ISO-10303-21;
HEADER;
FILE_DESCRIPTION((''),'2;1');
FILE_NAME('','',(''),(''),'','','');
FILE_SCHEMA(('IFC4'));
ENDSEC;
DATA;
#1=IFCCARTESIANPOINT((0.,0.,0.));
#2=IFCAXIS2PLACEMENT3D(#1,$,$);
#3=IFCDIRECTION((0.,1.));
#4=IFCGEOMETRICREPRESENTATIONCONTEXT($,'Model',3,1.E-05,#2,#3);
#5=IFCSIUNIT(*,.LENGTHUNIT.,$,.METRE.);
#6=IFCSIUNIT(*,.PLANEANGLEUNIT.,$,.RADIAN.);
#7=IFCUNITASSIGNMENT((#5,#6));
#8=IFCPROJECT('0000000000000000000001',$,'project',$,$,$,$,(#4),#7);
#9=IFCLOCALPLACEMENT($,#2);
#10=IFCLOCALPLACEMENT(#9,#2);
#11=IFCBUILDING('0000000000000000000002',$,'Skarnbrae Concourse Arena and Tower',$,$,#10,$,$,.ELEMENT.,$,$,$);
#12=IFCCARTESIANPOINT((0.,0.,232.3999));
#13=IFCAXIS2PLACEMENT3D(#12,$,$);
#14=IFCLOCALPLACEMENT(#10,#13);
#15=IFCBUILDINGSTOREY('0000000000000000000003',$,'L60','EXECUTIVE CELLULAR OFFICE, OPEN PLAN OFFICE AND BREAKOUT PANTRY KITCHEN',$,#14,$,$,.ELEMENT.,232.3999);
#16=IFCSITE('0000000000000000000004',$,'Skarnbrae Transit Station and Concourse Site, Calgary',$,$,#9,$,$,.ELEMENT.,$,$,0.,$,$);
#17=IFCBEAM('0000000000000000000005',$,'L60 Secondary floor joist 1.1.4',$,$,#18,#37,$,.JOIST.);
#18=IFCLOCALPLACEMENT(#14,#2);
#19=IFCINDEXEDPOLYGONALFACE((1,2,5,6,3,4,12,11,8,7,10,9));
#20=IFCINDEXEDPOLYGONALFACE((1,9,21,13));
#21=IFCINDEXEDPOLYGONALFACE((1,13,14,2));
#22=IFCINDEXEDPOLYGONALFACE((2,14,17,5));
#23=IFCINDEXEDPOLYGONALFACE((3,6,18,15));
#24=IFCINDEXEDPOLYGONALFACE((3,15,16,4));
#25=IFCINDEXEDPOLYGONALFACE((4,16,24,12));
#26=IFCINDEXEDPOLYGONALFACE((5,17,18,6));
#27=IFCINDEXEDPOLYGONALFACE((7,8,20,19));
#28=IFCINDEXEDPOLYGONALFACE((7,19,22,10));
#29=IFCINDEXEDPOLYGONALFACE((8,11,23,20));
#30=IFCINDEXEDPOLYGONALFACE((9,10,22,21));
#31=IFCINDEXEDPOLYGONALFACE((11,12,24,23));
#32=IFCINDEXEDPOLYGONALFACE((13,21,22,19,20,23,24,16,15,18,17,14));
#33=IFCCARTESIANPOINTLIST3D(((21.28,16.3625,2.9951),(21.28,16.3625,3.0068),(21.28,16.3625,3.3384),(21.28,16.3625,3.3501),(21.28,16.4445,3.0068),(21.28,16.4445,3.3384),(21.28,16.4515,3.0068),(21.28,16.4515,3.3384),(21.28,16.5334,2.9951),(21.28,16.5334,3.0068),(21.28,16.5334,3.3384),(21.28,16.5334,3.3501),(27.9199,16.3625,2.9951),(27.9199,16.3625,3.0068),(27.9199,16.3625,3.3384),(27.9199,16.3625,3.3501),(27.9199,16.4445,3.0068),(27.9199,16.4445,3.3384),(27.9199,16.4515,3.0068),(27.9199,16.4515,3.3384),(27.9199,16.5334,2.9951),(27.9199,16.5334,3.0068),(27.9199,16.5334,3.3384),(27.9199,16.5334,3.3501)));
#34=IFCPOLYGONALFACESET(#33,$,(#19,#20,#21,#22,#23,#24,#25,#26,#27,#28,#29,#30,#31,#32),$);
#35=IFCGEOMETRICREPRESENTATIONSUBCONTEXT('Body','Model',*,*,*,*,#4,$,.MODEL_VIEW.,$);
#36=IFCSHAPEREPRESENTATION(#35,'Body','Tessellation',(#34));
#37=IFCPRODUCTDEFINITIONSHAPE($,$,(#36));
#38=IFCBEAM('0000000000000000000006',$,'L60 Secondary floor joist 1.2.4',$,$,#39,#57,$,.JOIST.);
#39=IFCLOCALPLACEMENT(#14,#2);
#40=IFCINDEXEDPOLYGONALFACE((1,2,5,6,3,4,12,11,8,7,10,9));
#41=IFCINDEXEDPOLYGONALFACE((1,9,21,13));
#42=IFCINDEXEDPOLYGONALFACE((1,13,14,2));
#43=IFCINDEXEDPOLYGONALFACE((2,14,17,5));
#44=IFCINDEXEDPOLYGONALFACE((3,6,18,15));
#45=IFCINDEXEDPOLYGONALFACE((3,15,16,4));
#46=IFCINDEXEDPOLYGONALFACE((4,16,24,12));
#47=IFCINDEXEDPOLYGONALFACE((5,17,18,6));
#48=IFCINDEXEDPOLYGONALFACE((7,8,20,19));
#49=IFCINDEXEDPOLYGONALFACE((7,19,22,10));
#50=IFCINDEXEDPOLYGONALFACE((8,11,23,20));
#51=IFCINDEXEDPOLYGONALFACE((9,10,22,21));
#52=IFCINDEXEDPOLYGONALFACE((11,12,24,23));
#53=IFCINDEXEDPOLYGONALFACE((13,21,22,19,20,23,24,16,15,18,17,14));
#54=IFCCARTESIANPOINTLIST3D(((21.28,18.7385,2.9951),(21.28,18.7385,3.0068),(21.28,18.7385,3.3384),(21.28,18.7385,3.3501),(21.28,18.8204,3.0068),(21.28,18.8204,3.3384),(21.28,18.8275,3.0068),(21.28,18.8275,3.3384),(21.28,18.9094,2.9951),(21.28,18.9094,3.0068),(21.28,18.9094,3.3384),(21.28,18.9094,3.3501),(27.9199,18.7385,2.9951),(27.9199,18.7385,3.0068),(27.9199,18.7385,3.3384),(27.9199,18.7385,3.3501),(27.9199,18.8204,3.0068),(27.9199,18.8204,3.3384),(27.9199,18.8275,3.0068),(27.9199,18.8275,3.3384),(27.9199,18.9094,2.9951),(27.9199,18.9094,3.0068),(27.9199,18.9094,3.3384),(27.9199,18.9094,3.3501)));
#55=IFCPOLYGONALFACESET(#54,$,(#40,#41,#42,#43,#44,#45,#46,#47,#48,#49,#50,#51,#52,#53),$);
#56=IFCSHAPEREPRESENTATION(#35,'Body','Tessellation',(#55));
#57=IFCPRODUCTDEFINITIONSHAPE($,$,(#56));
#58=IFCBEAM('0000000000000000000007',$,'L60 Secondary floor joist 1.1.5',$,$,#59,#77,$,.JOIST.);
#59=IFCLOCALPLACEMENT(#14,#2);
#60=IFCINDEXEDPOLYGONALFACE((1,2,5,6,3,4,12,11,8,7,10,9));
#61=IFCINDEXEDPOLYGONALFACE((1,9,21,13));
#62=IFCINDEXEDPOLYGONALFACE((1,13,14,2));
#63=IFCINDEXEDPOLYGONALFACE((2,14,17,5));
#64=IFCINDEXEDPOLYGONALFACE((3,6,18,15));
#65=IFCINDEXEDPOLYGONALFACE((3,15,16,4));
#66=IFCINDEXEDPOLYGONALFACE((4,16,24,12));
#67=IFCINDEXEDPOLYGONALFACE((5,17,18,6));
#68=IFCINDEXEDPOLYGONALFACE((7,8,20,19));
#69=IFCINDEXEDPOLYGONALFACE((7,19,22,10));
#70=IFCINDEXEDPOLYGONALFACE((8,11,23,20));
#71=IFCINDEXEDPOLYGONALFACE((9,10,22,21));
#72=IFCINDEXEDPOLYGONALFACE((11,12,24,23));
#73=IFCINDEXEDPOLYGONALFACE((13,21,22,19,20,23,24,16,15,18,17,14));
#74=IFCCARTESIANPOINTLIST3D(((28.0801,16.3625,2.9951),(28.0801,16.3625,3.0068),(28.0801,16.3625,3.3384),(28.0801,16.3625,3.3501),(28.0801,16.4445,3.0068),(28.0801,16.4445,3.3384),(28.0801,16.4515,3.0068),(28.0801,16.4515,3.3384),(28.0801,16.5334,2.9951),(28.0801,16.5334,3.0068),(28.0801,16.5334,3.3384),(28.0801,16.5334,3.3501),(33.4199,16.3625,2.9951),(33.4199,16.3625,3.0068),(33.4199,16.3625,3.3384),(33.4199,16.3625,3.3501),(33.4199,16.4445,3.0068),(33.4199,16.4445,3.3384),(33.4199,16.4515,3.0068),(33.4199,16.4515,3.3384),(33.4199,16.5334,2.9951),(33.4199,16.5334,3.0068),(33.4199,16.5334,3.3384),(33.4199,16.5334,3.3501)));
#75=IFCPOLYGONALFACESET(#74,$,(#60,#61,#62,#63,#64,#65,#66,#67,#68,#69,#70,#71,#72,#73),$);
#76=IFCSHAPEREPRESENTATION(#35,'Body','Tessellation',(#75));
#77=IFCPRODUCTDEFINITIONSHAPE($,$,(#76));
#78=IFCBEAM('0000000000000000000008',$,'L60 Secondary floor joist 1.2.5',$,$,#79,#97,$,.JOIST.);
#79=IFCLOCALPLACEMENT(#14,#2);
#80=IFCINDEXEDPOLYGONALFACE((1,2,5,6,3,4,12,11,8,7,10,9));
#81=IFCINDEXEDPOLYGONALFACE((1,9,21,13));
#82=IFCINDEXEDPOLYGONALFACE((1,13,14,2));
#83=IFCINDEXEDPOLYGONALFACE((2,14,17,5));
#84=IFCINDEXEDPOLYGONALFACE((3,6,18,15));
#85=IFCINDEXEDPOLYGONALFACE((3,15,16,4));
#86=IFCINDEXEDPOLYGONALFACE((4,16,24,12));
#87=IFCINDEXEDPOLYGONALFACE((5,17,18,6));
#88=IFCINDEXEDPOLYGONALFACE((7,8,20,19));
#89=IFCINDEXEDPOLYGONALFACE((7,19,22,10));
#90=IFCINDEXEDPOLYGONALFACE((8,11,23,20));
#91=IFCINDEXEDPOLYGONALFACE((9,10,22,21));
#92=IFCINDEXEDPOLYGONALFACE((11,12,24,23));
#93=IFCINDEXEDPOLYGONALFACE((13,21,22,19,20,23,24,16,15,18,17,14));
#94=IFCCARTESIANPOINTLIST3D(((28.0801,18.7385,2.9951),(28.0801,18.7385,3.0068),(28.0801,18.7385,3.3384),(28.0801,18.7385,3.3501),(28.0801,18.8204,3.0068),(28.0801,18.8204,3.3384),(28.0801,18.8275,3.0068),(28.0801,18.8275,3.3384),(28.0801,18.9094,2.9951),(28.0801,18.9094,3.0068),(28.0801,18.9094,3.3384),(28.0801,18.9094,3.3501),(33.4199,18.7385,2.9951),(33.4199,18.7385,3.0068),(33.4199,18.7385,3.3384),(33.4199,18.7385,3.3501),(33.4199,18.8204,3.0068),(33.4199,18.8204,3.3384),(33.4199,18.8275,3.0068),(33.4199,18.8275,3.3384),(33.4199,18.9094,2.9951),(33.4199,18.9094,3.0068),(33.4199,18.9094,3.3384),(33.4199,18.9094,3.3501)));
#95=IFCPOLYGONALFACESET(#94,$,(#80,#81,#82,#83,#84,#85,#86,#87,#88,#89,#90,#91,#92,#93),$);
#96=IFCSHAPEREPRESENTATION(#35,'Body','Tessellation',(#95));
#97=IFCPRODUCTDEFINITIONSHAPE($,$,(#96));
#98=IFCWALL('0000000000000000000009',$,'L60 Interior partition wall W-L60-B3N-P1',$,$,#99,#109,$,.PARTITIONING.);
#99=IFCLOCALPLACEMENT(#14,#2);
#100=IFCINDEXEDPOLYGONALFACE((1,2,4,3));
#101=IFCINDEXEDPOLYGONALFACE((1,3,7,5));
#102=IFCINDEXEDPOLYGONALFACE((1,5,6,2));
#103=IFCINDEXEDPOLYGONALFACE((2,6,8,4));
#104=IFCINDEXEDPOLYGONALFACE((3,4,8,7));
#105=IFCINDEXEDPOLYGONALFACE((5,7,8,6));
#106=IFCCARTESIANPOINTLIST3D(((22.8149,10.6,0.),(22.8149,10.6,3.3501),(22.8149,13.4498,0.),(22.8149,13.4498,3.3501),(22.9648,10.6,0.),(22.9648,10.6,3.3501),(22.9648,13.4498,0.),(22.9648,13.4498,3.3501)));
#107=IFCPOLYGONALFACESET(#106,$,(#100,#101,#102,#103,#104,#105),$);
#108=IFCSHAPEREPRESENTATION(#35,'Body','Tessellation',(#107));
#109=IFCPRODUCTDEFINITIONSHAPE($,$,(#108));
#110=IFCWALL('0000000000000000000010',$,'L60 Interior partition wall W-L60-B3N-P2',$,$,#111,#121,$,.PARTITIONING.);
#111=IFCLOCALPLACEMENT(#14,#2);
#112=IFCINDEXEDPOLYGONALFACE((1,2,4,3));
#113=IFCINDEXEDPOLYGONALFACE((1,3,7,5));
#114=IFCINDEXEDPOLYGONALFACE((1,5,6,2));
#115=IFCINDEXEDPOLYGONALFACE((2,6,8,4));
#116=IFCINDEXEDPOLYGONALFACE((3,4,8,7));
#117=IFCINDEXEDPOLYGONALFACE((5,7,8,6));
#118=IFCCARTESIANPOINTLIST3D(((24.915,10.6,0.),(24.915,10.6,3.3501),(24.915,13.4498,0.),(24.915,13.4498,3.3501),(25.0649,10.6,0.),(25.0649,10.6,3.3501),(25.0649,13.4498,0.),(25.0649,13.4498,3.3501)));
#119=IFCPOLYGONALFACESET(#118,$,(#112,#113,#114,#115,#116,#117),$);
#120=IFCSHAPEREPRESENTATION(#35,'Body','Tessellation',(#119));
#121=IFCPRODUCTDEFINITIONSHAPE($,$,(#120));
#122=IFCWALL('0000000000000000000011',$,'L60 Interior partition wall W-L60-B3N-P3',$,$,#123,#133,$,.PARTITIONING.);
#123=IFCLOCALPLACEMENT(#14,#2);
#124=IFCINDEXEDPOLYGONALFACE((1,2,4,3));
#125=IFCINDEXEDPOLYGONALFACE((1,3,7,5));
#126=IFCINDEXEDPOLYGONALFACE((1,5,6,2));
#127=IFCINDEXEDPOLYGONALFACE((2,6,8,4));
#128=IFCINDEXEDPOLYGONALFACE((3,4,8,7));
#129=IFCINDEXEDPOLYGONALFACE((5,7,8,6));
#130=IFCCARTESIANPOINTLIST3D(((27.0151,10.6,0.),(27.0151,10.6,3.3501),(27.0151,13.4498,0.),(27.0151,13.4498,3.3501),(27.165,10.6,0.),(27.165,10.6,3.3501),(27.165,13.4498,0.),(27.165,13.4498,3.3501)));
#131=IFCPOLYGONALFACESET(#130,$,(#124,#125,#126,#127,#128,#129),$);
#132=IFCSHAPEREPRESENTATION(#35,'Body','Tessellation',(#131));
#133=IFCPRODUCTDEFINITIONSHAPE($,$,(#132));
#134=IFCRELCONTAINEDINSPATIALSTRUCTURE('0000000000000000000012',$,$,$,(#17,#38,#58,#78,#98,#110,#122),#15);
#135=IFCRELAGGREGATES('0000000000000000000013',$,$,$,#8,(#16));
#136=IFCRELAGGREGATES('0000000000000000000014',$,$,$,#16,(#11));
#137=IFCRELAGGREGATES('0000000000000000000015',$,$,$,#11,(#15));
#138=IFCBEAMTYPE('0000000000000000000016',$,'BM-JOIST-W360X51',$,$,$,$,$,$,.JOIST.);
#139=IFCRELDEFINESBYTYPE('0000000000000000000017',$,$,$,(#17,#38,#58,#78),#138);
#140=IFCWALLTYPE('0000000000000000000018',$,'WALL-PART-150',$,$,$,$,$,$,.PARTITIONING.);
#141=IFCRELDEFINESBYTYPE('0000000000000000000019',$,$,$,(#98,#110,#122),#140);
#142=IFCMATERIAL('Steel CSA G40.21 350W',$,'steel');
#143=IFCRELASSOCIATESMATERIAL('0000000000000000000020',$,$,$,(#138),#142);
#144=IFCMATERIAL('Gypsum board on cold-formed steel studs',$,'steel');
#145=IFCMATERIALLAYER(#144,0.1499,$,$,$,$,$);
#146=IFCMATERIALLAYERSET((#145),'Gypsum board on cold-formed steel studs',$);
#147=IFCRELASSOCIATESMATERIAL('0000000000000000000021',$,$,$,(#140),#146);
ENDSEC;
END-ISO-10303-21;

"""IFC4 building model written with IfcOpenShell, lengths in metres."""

from ifc_helpers import new_model, si_unit, direction, frame, frame_2d, origin, origin_2d, place, context, subcontext, project, spatial, rectangle, i_section, extrude, source, transform, mapped, material, layer, layer_set, material_profile, profile_set, type_object, element, save


model = new_model("IFC4")

# Units and contexts
model_context = context("Model", 3, precision=1e-05, world=origin(), true_north=direction((0.0, 1.0)))
body_context = subcontext(model_context, "Body", "Model", "MODEL_VIEW")
ifc_project = project(units=[si_unit("LENGTHUNIT", "METRE"), si_unit("PLANEANGLEUNIT", "RADIAN")], contexts=[model_context])

# Site, building, storey
site_placement = place(None, origin())
site = spatial("IfcSite", under=ifc_project, at=site_placement, Name="Skarnbrae Transit Station and Concourse Site, Calgary", CompositionType="ELEMENT", RefElevation=0.0)
building_placement = place(site_placement, origin())
building = spatial("IfcBuilding", under=site, at=building_placement, Name="Skarnbrae Concourse Arena and Tower", CompositionType="ELEMENT")
storey_placement = place(building_placement, frame((0.0, 0.0, 232.3999)))
storey = spatial("IfcBuildingStorey", under=building, at=storey_placement, Name="L60", Description="EXECUTIVE CELLULAR OFFICE, OPEN PLAN OFFICE AND BREAKOUT PANTRY KITCHEN", CompositionType="ELEMENT", Elevation=232.3999)

# Shared definitions
ifc_material_1 = material(Name="Steel CSA G40.21 350W", Category="steel")

# Beams
ifc_material_profile_1 = material_profile(ifc_material_1, i_section(OverallWidth=0.1709, OverallDepth=0.355, WebThickness=0.0071, FlangeThickness=0.0117, at=origin_2d()), Name="W360X51")
ifc_profile_set_1 = profile_set([ifc_material_profile_1], Name="Steel CSA G40.21 350W")
beam_type_1 = type_object("IfcBeamType", Name="BM-JOIST-W360X51", PredefinedType="JOIST", material=ifc_profile_set_1)
shared_shape_1 = source(origin(), body_context, "Body", "SweptSolid", [
    extrude(i_section(OverallWidth=0.1709, OverallDepth=0.355, WebThickness=0.0071, FlangeThickness=0.0117, at=origin_2d()), origin(), (0.0, 0.0, 1.0), 6.6399),
])
for number, where, z_axis, x_axis, name in (
    (1, (21.28, 16.448, 3.1726), (1.0, 0.0, 0.0), (0.0, 1.0, 0.0), "L60 Secondary floor joist 1.1.4"),
    (2, (21.28, 18.824, 3.1726), (1.0, 0.0, 0.0), (0.0, 1.0, 0.0), "L60 Secondary floor joist 1.2.4"),
):
    element("IfcBeam", number, at=place(storey_placement, frame(where, z_axis=z_axis, x_axis=x_axis)), inside=storey, type_object=beam_type_1, Name=name, PredefinedType="JOIST", context=body_context, shape_type="MappedRepresentation", body=[
        mapped(shared_shape_1, transform((0.0, 0.0, 0.0))),
    ])
shared_shape_2 = source(origin(), body_context, "Body", "SweptSolid", [
    extrude(i_section(OverallWidth=0.1709, OverallDepth=0.355, WebThickness=0.0071, FlangeThickness=0.0117, at=origin_2d()), origin(), (0.0, 0.0, 1.0), 5.3398),
])
for number, where, z_axis, x_axis, name in (
    (3, (28.0801, 16.448, 3.1726), (1.0, 0.0, 0.0), (0.0, 1.0, 0.0), "L60 Secondary floor joist 1.1.5"),
    (4, (28.0801, 18.824, 3.1726), (1.0, 0.0, 0.0), (0.0, 1.0, 0.0), "L60 Secondary floor joist 1.2.5"),
):
    element("IfcBeam", number, at=place(storey_placement, frame(where, z_axis=z_axis, x_axis=x_axis)), inside=storey, type_object=beam_type_1, Name=name, PredefinedType="JOIST", context=body_context, shape_type="MappedRepresentation", body=[
        mapped(shared_shape_2, transform((0.0, 0.0, 0.0))),
    ])

# Walls
ifc_material_2 = material(Name="Gypsum board on cold-formed steel studs", Category="steel")
ifc_layer_1 = layer(ifc_material_2, 0.1499)
ifc_layer_set_1 = layer_set([ifc_layer_1], Name="Gypsum board on cold-formed steel studs")
wall_type_1 = type_object("IfcWallType", Name="WALL-PART-150", PredefinedType="PARTITIONING", material=ifc_layer_set_1)
shared_shape_3 = source(origin(), body_context, "Body", "SweptSolid", [
    extrude(rectangle(XDim=2.8499, YDim=0.1499, at=frame_2d((1.4248, 0.0))), origin(), (0.0, 0.0, 1.0), 3.3501),
])
for number, where, z_axis, x_axis, name in (
    (5, (22.8899, 10.6001, 0.0), (0.0, 0.0, 1.0), (0.0, 1.0, 0.0), "L60 Interior partition wall W-L60-B3N-P1"),
    (6, (24.99, 10.6001, 0.0), (0.0, 0.0, 1.0), (0.0, 1.0, 0.0), "L60 Interior partition wall W-L60-B3N-P2"),
    (7, (27.0901, 10.6001, 0.0), (0.0, 0.0, 1.0), (0.0, 1.0, 0.0), "L60 Interior partition wall W-L60-B3N-P3"),
):
    element("IfcWall", number, at=place(storey_placement, frame(where, z_axis=z_axis, x_axis=x_axis)), inside=storey, type_object=wall_type_1, Name=name, PredefinedType="PARTITIONING", context=body_context, shape_type="MappedRepresentation", body=[
        mapped(shared_shape_3, transform((0.0, 0.0, 0.0))),
    ])

save(model, "model.ifc")
